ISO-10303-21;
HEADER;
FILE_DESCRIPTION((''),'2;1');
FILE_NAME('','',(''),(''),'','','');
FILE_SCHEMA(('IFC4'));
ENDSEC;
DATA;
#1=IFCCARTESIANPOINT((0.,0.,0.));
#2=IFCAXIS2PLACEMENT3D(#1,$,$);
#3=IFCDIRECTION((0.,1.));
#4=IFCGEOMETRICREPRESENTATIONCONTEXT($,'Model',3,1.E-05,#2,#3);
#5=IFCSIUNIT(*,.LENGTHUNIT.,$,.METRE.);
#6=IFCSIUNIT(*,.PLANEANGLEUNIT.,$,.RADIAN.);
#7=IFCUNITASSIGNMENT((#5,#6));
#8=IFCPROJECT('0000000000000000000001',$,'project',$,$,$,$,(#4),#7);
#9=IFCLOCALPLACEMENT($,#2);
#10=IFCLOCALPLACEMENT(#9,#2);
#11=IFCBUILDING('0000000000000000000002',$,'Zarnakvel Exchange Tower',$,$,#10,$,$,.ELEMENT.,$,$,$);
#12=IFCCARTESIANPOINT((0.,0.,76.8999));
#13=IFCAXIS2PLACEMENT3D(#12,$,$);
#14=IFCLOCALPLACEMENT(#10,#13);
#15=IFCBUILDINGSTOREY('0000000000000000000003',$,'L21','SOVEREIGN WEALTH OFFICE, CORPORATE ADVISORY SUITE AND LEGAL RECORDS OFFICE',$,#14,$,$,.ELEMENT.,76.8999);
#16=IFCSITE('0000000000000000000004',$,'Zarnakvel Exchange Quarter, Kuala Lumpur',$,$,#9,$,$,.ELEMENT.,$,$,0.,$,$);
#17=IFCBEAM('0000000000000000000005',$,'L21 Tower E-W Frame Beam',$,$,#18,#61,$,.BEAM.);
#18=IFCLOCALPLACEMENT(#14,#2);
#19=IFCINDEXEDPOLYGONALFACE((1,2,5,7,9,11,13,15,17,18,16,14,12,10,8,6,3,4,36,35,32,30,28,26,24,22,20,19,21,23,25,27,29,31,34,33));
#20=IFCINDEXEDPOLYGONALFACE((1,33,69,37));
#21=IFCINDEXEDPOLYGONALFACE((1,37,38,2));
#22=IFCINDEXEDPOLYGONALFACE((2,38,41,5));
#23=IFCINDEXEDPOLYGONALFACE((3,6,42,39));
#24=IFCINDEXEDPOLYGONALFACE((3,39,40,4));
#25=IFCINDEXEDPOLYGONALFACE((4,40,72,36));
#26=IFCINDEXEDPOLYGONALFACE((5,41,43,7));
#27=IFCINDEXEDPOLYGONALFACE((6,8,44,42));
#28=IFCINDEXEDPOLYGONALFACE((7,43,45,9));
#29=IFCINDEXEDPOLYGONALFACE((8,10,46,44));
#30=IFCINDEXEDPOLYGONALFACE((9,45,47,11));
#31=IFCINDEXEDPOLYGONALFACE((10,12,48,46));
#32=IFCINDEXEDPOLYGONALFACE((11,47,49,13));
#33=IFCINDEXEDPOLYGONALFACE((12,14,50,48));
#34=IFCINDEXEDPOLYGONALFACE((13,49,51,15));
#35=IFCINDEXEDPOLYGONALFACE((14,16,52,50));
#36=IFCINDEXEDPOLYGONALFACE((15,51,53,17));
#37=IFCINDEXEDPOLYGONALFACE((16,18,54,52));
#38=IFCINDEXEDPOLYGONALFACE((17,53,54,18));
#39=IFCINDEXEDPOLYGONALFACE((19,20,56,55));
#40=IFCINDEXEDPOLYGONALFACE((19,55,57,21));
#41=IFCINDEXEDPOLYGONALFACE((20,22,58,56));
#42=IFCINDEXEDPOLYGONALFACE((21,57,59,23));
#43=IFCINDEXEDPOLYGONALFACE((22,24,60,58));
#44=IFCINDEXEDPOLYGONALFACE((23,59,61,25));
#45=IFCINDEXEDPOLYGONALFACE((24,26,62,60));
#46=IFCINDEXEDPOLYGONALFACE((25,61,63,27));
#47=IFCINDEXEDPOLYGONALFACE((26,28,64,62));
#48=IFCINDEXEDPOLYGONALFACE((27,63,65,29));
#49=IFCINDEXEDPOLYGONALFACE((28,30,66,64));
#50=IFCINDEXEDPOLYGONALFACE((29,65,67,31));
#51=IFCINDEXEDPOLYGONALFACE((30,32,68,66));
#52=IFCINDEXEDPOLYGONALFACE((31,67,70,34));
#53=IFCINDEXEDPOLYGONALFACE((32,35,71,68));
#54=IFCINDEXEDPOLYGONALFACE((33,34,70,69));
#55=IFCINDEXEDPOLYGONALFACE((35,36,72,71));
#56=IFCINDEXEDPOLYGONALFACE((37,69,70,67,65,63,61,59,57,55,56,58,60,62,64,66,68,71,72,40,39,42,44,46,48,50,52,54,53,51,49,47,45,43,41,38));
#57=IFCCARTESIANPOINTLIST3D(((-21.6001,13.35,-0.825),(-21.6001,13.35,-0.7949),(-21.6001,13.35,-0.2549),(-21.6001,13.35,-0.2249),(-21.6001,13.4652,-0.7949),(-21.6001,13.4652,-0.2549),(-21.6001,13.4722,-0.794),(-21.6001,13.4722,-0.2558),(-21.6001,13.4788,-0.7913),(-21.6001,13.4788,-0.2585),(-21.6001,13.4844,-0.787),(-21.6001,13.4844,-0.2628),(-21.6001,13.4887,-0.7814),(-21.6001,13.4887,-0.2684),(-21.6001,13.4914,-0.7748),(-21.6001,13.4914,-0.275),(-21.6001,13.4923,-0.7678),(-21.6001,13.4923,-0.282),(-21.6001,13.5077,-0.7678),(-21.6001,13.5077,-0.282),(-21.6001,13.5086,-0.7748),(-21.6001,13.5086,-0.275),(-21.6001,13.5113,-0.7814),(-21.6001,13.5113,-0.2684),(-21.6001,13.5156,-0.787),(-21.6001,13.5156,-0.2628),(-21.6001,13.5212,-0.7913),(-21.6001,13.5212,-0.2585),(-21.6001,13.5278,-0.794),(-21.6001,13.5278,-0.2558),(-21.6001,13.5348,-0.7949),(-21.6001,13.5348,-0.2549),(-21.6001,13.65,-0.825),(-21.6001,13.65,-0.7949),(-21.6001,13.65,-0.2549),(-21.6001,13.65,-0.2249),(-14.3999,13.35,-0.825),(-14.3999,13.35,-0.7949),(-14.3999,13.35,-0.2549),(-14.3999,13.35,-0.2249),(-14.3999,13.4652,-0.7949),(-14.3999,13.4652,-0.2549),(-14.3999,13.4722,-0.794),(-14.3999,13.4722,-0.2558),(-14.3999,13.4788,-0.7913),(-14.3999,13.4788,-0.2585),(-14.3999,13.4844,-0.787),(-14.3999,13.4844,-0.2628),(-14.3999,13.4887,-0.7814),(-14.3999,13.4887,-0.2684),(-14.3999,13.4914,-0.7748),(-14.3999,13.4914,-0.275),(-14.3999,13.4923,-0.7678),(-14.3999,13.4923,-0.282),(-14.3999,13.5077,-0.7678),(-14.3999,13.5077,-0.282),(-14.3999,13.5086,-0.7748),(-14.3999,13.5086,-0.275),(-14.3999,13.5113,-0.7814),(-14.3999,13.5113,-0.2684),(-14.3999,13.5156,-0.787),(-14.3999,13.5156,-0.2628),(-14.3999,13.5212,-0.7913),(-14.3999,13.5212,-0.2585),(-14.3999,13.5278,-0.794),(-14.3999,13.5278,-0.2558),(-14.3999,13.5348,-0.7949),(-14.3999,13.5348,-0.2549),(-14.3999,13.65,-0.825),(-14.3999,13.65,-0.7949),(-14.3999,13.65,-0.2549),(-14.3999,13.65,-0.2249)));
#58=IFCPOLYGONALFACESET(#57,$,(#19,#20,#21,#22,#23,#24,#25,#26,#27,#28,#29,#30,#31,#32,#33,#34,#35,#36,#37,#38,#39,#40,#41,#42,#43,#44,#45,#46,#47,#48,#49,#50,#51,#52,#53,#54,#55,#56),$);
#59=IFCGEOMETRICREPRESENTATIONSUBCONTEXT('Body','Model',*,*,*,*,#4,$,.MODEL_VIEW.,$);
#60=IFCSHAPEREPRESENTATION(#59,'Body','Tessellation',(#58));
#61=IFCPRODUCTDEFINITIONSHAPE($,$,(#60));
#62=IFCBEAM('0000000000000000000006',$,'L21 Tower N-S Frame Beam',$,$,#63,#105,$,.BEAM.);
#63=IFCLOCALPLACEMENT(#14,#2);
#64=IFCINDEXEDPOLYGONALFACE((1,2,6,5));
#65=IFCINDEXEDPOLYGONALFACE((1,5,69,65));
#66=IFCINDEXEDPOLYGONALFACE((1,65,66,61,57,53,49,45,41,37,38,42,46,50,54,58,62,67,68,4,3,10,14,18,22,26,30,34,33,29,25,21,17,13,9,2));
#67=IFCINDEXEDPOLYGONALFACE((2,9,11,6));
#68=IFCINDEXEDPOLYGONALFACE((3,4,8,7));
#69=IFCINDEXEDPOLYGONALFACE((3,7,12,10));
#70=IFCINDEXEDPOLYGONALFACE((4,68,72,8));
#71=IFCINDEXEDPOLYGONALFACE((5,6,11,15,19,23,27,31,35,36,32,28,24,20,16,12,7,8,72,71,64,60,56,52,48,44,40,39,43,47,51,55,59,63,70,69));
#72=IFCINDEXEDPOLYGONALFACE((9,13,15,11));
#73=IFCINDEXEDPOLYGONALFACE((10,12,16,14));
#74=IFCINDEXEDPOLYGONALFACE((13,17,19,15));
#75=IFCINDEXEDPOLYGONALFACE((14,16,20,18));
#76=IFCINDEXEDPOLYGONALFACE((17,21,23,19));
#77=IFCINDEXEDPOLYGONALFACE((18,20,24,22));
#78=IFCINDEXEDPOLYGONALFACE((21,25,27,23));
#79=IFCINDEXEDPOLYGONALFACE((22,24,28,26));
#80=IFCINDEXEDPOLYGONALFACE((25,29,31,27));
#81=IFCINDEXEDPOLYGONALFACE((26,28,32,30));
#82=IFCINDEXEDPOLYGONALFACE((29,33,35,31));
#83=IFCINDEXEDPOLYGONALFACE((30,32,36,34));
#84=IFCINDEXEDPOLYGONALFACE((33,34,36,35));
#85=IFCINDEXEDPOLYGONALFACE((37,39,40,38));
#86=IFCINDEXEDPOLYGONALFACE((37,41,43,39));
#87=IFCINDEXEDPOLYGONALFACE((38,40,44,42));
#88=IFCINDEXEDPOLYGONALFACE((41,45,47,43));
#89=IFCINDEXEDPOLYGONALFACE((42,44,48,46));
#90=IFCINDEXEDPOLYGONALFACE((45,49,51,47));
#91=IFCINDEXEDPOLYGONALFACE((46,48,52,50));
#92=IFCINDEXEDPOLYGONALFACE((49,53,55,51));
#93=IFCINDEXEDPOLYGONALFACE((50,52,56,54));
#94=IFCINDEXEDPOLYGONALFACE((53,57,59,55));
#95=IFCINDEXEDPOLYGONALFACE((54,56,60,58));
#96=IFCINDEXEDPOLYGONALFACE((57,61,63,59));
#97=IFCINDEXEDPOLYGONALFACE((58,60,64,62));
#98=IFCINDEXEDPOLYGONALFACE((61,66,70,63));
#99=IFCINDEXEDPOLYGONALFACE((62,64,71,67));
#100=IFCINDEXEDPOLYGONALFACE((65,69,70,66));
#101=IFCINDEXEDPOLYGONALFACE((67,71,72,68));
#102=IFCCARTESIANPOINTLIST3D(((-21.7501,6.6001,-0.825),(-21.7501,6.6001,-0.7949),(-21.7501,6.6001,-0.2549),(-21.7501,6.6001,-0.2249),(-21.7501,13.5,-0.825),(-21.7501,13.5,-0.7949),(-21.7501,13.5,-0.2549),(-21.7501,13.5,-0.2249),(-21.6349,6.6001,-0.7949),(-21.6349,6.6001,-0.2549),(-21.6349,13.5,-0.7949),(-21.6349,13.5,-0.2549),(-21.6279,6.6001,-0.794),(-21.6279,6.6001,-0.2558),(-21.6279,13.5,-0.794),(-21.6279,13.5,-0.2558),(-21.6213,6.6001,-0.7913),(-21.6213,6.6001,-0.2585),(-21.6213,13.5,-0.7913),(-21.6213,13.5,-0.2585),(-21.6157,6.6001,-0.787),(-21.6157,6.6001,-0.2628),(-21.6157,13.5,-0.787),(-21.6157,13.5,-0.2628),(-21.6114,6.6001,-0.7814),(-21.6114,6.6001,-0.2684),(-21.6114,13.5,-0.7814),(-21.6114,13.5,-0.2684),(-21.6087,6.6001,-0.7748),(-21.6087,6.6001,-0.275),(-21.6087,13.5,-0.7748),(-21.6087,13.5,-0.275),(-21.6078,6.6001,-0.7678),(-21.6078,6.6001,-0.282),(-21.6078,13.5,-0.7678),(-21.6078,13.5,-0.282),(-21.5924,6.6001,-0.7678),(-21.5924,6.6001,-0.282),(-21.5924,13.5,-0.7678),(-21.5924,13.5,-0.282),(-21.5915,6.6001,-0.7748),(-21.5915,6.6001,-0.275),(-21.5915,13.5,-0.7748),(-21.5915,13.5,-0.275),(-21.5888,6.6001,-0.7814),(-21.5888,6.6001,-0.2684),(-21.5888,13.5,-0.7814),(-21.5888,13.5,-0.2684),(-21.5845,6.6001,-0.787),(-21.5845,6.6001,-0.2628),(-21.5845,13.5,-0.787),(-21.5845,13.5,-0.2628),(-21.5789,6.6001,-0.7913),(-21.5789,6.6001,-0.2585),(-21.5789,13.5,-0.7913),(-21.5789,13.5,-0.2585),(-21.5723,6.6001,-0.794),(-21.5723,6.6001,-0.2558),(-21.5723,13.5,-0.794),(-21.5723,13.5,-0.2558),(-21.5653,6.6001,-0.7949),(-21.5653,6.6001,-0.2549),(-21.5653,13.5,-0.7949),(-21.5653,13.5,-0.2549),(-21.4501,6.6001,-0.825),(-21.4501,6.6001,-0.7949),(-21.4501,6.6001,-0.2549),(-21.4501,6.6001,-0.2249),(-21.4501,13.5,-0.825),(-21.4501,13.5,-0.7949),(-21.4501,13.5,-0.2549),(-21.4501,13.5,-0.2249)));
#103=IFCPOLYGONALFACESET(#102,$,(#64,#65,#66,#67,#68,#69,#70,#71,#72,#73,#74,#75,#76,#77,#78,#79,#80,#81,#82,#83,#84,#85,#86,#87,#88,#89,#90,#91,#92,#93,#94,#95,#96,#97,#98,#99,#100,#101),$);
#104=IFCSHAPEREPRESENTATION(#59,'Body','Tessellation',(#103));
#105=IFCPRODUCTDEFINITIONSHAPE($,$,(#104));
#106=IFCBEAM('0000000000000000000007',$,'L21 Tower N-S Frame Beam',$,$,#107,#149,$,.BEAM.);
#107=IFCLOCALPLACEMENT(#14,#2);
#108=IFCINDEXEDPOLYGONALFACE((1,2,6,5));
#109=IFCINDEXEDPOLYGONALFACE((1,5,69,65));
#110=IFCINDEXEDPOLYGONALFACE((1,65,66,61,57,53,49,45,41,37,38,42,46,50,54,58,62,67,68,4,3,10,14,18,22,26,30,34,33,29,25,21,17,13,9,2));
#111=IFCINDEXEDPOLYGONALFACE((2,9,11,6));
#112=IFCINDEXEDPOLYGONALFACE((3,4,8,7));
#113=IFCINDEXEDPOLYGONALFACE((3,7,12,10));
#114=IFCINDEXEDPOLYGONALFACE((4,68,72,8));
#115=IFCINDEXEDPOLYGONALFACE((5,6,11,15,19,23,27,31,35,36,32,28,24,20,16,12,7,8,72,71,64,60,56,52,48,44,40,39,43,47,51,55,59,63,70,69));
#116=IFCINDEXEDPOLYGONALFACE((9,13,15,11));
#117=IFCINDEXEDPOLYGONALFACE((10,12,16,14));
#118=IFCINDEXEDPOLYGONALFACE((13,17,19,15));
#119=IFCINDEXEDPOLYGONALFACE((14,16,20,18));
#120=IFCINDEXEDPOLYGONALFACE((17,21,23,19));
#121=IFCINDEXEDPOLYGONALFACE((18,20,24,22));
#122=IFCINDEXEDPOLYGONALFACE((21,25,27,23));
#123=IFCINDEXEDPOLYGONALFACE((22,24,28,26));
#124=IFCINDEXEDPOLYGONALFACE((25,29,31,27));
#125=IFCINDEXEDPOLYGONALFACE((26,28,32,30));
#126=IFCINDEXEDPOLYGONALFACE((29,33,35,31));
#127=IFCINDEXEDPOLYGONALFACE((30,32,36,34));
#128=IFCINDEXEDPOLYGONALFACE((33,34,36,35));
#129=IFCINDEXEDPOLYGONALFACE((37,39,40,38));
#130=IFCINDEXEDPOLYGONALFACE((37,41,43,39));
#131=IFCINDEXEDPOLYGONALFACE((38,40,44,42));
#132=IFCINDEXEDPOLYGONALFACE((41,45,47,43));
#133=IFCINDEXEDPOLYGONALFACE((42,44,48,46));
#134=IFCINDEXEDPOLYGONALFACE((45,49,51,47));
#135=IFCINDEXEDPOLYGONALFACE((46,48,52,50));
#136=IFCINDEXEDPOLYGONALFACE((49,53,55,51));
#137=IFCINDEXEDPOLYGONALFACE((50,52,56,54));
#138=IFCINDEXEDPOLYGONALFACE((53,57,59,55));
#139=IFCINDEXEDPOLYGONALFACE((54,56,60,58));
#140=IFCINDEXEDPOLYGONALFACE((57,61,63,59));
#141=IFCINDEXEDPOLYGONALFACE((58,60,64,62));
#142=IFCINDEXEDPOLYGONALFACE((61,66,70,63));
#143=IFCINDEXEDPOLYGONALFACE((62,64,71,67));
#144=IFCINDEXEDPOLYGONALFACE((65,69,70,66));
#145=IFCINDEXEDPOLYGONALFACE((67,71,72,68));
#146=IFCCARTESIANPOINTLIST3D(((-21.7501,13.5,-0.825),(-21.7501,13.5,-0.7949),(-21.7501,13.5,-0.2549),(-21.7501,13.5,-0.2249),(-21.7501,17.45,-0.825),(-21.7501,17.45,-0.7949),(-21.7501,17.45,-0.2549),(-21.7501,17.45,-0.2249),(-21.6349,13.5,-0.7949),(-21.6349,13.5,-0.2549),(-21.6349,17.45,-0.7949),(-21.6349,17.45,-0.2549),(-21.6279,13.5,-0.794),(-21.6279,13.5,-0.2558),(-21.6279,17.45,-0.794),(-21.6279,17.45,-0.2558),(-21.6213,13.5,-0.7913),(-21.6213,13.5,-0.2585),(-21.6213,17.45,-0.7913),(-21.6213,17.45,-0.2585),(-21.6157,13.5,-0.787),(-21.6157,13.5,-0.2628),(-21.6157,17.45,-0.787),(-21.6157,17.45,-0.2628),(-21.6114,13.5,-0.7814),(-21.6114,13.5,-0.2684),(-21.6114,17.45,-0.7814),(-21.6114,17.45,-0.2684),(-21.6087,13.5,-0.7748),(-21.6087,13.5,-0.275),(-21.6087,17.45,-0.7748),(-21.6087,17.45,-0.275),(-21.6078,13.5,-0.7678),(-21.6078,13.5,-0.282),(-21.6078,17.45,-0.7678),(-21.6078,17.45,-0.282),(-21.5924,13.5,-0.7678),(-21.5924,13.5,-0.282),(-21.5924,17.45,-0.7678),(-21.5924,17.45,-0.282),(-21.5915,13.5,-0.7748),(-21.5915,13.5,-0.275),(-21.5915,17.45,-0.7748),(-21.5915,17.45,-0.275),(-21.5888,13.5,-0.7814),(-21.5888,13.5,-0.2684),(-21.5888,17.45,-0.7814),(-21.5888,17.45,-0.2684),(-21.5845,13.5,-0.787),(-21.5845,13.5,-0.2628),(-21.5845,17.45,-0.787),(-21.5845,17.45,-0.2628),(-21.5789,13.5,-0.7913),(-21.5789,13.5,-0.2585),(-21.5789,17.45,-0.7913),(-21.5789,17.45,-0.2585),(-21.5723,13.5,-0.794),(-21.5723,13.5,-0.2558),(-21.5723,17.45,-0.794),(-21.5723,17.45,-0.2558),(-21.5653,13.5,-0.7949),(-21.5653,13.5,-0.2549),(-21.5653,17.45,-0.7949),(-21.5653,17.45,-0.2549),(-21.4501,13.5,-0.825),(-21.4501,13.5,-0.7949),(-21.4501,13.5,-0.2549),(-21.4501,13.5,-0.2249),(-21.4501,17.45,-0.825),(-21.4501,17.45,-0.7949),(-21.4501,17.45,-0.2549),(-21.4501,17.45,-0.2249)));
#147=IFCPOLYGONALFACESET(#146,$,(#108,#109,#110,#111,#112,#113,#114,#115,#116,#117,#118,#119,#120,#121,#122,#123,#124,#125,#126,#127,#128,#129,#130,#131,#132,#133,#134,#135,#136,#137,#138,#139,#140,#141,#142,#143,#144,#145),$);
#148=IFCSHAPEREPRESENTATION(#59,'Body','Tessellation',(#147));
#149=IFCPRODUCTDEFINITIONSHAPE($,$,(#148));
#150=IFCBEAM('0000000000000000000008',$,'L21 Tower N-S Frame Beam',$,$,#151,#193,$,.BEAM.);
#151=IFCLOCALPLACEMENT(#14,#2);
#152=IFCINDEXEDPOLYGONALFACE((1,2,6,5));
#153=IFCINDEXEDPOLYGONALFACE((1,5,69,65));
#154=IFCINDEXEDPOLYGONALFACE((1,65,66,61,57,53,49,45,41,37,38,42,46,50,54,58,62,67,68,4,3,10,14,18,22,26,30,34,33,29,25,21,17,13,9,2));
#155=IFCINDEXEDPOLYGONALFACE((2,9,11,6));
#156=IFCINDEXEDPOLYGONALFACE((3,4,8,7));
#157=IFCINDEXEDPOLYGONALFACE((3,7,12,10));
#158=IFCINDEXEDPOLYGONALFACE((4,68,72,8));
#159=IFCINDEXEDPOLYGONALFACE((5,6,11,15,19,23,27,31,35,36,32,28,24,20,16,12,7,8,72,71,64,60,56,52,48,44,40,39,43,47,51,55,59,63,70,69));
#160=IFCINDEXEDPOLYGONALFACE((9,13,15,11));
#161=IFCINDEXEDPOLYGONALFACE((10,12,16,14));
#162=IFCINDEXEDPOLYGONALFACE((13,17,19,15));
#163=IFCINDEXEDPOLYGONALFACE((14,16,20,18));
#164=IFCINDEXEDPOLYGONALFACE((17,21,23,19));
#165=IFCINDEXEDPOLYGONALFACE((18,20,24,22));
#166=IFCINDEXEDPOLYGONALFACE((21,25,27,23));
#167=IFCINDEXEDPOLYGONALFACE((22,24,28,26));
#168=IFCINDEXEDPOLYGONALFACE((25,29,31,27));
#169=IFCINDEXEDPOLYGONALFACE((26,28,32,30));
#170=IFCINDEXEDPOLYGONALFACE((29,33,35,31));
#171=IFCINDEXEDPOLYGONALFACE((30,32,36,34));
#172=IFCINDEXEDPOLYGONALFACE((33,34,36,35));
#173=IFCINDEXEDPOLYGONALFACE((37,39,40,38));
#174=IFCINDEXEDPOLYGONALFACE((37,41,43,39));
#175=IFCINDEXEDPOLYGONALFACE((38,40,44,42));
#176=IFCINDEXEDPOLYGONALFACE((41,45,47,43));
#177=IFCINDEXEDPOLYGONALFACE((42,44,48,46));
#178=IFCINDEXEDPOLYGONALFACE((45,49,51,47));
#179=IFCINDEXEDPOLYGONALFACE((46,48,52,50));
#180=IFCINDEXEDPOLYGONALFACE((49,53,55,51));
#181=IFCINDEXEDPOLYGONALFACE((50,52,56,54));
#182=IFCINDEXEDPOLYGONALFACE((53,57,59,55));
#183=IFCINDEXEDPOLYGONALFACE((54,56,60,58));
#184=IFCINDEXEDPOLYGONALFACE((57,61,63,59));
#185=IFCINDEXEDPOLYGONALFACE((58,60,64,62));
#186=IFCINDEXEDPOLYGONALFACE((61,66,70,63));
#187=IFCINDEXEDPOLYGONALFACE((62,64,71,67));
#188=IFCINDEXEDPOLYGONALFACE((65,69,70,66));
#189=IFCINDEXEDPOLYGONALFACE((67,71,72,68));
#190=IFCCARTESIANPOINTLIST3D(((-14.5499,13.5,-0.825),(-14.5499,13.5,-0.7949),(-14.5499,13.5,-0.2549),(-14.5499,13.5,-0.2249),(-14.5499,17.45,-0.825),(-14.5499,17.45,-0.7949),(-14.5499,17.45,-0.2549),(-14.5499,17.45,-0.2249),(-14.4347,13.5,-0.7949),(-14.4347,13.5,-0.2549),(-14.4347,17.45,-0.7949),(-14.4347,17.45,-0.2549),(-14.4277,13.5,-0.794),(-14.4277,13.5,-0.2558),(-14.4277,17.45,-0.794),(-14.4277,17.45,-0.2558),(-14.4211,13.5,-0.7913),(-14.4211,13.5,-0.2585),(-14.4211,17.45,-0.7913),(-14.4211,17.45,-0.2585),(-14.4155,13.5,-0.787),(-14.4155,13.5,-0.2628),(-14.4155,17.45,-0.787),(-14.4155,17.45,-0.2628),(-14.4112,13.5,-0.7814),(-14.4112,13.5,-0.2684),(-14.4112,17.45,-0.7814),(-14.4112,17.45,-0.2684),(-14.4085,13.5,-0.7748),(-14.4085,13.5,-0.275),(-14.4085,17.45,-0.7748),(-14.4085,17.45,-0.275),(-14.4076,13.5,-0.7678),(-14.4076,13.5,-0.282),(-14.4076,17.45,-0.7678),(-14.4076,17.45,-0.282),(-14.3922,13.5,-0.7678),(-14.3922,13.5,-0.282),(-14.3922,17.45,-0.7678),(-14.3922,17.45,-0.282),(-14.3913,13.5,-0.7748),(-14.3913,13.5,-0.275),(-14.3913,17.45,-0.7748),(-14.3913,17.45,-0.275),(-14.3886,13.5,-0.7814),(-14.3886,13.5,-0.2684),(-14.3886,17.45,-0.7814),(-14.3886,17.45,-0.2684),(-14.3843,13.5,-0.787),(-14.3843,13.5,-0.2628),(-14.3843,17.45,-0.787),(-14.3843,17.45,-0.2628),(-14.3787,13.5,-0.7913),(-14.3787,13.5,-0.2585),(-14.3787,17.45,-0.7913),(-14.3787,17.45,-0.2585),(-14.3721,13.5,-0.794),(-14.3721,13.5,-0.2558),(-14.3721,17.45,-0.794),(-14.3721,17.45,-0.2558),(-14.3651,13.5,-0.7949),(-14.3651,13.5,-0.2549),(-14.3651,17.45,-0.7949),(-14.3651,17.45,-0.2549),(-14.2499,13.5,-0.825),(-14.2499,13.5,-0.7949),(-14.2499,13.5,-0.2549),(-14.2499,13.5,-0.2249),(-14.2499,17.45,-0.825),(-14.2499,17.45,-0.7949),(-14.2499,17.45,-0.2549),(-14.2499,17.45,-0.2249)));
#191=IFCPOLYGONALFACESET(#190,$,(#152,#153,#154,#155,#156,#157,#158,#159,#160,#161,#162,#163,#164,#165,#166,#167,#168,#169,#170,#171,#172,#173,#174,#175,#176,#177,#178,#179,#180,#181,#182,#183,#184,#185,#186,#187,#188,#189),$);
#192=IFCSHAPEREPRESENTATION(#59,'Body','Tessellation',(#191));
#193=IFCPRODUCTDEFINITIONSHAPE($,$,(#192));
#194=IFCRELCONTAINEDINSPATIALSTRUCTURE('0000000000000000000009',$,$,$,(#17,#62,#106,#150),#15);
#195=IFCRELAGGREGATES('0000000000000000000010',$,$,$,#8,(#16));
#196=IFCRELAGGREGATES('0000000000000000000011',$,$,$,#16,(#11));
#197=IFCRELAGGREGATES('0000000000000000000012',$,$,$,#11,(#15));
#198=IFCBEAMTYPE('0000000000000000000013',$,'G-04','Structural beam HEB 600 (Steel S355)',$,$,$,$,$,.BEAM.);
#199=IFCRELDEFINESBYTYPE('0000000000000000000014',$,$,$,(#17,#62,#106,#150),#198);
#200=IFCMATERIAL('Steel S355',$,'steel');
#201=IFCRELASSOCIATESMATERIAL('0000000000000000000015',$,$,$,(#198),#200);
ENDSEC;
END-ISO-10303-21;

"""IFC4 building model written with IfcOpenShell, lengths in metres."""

from ifc_helpers import new_model, si_unit, direction, frame, origin, origin_2d, place, context, subcontext, project, spatial, i_section, extrude, material, material_profile, profile_set, type_object, element, save


model = new_model("IFC4")

# Units and contexts
model_context = context("Model", 3, precision=1e-05, world=origin(), true_north=direction((0.0, 1.0)))
body_context = subcontext(model_context, "Body", "Model", "MODEL_VIEW")
ifc_project = project(units=[si_unit("LENGTHUNIT", "METRE"), si_unit("PLANEANGLEUNIT", "RADIAN")], contexts=[model_context])

# Site, building, storey
site_placement = place(None, origin())
site = spatial("IfcSite", under=ifc_project, at=site_placement, Name="Zarnakvel Exchange Quarter, Kuala Lumpur", CompositionType="ELEMENT", RefElevation=0.0)
building_placement = place(site_placement, origin())
building = spatial("IfcBuilding", under=site, at=building_placement, Name="Zarnakvel Exchange Tower", CompositionType="ELEMENT")
storey_placement = place(building_placement, frame((0.0, 0.0, 76.8999)))
storey = spatial("IfcBuildingStorey", under=building, at=storey_placement, Name="L21", Description="SOVEREIGN WEALTH OFFICE, CORPORATE ADVISORY SUITE AND LEGAL RECORDS OFFICE", CompositionType="ELEMENT", Elevation=76.8999)

# Shared definitions
ifc_material_1 = material(Name="Steel S355", Category="steel")

# Beams
ifc_material_profile_1 = material_profile(ifc_material_1, i_section(OverallWidth=0.3, OverallDepth=0.6001, WebThickness=0.0154, FlangeThickness=0.03, FilletRadius=0.0271, at=origin_2d()))
ifc_profile_set_1 = profile_set([ifc_material_profile_1], Name="Steel S355")
beam_type = type_object("IfcBeamType", Name="G-04", Description="Structural beam HEB 600 (Steel S355)", PredefinedType="BEAM", material=ifc_profile_set_1)
beam_1_placement = place(storey_placement, frame((-21.6001, 13.5, -0.5249), z_axis=(1.0, 0.0, 0.0), x_axis=(0.0, 1.0, 0.0)))
element("IfcBeam", 1, at=beam_1_placement, inside=storey, type_object=beam_type, Name="L21 Tower E-W Frame Beam", PredefinedType="BEAM", context=body_context, shape_type="SweptSolid", body=[
    extrude(i_section(OverallWidth=0.3, OverallDepth=0.6001, WebThickness=0.0154, FlangeThickness=0.03, FilletRadius=0.0271, at=origin_2d()), origin(), (0.0, 0.0, 1.0), 7.2002),
])
beam_2_placement = place(storey_placement, frame((-21.6001, 6.6001, -0.5249), z_axis=(0.0, 1.0, 0.0), x_axis=(-1.0, 0.0, 0.0)))
element("IfcBeam", 2, at=beam_2_placement, inside=storey, type_object=beam_type, Name="L21 Tower N-S Frame Beam", PredefinedType="BEAM", context=body_context, shape_type="SweptSolid", body=[
    extrude(i_section(OverallWidth=0.3, OverallDepth=0.6001, WebThickness=0.0154, FlangeThickness=0.03, FilletRadius=0.0271, at=origin_2d()), origin(), (0.0, 0.0, 1.0), 6.8999),
])
for number, where, z_axis, x_axis, name in (
    (3, (-21.6001, 13.5, -0.5249), (0.0, 1.0, 0.0), (-1.0, 0.0, 0.0), "L21 Tower N-S Frame Beam"),
    (4, (-14.3999, 13.5, -0.5249), (0.0, 1.0, 0.0), (-1.0, 0.0, 0.0), "L21 Tower N-S Frame Beam"),
):
    element("IfcBeam", number, at=place(storey_placement, frame(where, z_axis=z_axis, x_axis=x_axis)), inside=storey, type_object=beam_type, Name=name, PredefinedType="BEAM", context=body_context, shape_type="SweptSolid", body=[
        extrude(i_section(OverallWidth=0.3, OverallDepth=0.6001, WebThickness=0.0154, FlangeThickness=0.03, FilletRadius=0.0271, at=origin_2d()), origin(), (0.0, 0.0, 1.0), 3.95),
    ])

save(model, "model.ifc")
